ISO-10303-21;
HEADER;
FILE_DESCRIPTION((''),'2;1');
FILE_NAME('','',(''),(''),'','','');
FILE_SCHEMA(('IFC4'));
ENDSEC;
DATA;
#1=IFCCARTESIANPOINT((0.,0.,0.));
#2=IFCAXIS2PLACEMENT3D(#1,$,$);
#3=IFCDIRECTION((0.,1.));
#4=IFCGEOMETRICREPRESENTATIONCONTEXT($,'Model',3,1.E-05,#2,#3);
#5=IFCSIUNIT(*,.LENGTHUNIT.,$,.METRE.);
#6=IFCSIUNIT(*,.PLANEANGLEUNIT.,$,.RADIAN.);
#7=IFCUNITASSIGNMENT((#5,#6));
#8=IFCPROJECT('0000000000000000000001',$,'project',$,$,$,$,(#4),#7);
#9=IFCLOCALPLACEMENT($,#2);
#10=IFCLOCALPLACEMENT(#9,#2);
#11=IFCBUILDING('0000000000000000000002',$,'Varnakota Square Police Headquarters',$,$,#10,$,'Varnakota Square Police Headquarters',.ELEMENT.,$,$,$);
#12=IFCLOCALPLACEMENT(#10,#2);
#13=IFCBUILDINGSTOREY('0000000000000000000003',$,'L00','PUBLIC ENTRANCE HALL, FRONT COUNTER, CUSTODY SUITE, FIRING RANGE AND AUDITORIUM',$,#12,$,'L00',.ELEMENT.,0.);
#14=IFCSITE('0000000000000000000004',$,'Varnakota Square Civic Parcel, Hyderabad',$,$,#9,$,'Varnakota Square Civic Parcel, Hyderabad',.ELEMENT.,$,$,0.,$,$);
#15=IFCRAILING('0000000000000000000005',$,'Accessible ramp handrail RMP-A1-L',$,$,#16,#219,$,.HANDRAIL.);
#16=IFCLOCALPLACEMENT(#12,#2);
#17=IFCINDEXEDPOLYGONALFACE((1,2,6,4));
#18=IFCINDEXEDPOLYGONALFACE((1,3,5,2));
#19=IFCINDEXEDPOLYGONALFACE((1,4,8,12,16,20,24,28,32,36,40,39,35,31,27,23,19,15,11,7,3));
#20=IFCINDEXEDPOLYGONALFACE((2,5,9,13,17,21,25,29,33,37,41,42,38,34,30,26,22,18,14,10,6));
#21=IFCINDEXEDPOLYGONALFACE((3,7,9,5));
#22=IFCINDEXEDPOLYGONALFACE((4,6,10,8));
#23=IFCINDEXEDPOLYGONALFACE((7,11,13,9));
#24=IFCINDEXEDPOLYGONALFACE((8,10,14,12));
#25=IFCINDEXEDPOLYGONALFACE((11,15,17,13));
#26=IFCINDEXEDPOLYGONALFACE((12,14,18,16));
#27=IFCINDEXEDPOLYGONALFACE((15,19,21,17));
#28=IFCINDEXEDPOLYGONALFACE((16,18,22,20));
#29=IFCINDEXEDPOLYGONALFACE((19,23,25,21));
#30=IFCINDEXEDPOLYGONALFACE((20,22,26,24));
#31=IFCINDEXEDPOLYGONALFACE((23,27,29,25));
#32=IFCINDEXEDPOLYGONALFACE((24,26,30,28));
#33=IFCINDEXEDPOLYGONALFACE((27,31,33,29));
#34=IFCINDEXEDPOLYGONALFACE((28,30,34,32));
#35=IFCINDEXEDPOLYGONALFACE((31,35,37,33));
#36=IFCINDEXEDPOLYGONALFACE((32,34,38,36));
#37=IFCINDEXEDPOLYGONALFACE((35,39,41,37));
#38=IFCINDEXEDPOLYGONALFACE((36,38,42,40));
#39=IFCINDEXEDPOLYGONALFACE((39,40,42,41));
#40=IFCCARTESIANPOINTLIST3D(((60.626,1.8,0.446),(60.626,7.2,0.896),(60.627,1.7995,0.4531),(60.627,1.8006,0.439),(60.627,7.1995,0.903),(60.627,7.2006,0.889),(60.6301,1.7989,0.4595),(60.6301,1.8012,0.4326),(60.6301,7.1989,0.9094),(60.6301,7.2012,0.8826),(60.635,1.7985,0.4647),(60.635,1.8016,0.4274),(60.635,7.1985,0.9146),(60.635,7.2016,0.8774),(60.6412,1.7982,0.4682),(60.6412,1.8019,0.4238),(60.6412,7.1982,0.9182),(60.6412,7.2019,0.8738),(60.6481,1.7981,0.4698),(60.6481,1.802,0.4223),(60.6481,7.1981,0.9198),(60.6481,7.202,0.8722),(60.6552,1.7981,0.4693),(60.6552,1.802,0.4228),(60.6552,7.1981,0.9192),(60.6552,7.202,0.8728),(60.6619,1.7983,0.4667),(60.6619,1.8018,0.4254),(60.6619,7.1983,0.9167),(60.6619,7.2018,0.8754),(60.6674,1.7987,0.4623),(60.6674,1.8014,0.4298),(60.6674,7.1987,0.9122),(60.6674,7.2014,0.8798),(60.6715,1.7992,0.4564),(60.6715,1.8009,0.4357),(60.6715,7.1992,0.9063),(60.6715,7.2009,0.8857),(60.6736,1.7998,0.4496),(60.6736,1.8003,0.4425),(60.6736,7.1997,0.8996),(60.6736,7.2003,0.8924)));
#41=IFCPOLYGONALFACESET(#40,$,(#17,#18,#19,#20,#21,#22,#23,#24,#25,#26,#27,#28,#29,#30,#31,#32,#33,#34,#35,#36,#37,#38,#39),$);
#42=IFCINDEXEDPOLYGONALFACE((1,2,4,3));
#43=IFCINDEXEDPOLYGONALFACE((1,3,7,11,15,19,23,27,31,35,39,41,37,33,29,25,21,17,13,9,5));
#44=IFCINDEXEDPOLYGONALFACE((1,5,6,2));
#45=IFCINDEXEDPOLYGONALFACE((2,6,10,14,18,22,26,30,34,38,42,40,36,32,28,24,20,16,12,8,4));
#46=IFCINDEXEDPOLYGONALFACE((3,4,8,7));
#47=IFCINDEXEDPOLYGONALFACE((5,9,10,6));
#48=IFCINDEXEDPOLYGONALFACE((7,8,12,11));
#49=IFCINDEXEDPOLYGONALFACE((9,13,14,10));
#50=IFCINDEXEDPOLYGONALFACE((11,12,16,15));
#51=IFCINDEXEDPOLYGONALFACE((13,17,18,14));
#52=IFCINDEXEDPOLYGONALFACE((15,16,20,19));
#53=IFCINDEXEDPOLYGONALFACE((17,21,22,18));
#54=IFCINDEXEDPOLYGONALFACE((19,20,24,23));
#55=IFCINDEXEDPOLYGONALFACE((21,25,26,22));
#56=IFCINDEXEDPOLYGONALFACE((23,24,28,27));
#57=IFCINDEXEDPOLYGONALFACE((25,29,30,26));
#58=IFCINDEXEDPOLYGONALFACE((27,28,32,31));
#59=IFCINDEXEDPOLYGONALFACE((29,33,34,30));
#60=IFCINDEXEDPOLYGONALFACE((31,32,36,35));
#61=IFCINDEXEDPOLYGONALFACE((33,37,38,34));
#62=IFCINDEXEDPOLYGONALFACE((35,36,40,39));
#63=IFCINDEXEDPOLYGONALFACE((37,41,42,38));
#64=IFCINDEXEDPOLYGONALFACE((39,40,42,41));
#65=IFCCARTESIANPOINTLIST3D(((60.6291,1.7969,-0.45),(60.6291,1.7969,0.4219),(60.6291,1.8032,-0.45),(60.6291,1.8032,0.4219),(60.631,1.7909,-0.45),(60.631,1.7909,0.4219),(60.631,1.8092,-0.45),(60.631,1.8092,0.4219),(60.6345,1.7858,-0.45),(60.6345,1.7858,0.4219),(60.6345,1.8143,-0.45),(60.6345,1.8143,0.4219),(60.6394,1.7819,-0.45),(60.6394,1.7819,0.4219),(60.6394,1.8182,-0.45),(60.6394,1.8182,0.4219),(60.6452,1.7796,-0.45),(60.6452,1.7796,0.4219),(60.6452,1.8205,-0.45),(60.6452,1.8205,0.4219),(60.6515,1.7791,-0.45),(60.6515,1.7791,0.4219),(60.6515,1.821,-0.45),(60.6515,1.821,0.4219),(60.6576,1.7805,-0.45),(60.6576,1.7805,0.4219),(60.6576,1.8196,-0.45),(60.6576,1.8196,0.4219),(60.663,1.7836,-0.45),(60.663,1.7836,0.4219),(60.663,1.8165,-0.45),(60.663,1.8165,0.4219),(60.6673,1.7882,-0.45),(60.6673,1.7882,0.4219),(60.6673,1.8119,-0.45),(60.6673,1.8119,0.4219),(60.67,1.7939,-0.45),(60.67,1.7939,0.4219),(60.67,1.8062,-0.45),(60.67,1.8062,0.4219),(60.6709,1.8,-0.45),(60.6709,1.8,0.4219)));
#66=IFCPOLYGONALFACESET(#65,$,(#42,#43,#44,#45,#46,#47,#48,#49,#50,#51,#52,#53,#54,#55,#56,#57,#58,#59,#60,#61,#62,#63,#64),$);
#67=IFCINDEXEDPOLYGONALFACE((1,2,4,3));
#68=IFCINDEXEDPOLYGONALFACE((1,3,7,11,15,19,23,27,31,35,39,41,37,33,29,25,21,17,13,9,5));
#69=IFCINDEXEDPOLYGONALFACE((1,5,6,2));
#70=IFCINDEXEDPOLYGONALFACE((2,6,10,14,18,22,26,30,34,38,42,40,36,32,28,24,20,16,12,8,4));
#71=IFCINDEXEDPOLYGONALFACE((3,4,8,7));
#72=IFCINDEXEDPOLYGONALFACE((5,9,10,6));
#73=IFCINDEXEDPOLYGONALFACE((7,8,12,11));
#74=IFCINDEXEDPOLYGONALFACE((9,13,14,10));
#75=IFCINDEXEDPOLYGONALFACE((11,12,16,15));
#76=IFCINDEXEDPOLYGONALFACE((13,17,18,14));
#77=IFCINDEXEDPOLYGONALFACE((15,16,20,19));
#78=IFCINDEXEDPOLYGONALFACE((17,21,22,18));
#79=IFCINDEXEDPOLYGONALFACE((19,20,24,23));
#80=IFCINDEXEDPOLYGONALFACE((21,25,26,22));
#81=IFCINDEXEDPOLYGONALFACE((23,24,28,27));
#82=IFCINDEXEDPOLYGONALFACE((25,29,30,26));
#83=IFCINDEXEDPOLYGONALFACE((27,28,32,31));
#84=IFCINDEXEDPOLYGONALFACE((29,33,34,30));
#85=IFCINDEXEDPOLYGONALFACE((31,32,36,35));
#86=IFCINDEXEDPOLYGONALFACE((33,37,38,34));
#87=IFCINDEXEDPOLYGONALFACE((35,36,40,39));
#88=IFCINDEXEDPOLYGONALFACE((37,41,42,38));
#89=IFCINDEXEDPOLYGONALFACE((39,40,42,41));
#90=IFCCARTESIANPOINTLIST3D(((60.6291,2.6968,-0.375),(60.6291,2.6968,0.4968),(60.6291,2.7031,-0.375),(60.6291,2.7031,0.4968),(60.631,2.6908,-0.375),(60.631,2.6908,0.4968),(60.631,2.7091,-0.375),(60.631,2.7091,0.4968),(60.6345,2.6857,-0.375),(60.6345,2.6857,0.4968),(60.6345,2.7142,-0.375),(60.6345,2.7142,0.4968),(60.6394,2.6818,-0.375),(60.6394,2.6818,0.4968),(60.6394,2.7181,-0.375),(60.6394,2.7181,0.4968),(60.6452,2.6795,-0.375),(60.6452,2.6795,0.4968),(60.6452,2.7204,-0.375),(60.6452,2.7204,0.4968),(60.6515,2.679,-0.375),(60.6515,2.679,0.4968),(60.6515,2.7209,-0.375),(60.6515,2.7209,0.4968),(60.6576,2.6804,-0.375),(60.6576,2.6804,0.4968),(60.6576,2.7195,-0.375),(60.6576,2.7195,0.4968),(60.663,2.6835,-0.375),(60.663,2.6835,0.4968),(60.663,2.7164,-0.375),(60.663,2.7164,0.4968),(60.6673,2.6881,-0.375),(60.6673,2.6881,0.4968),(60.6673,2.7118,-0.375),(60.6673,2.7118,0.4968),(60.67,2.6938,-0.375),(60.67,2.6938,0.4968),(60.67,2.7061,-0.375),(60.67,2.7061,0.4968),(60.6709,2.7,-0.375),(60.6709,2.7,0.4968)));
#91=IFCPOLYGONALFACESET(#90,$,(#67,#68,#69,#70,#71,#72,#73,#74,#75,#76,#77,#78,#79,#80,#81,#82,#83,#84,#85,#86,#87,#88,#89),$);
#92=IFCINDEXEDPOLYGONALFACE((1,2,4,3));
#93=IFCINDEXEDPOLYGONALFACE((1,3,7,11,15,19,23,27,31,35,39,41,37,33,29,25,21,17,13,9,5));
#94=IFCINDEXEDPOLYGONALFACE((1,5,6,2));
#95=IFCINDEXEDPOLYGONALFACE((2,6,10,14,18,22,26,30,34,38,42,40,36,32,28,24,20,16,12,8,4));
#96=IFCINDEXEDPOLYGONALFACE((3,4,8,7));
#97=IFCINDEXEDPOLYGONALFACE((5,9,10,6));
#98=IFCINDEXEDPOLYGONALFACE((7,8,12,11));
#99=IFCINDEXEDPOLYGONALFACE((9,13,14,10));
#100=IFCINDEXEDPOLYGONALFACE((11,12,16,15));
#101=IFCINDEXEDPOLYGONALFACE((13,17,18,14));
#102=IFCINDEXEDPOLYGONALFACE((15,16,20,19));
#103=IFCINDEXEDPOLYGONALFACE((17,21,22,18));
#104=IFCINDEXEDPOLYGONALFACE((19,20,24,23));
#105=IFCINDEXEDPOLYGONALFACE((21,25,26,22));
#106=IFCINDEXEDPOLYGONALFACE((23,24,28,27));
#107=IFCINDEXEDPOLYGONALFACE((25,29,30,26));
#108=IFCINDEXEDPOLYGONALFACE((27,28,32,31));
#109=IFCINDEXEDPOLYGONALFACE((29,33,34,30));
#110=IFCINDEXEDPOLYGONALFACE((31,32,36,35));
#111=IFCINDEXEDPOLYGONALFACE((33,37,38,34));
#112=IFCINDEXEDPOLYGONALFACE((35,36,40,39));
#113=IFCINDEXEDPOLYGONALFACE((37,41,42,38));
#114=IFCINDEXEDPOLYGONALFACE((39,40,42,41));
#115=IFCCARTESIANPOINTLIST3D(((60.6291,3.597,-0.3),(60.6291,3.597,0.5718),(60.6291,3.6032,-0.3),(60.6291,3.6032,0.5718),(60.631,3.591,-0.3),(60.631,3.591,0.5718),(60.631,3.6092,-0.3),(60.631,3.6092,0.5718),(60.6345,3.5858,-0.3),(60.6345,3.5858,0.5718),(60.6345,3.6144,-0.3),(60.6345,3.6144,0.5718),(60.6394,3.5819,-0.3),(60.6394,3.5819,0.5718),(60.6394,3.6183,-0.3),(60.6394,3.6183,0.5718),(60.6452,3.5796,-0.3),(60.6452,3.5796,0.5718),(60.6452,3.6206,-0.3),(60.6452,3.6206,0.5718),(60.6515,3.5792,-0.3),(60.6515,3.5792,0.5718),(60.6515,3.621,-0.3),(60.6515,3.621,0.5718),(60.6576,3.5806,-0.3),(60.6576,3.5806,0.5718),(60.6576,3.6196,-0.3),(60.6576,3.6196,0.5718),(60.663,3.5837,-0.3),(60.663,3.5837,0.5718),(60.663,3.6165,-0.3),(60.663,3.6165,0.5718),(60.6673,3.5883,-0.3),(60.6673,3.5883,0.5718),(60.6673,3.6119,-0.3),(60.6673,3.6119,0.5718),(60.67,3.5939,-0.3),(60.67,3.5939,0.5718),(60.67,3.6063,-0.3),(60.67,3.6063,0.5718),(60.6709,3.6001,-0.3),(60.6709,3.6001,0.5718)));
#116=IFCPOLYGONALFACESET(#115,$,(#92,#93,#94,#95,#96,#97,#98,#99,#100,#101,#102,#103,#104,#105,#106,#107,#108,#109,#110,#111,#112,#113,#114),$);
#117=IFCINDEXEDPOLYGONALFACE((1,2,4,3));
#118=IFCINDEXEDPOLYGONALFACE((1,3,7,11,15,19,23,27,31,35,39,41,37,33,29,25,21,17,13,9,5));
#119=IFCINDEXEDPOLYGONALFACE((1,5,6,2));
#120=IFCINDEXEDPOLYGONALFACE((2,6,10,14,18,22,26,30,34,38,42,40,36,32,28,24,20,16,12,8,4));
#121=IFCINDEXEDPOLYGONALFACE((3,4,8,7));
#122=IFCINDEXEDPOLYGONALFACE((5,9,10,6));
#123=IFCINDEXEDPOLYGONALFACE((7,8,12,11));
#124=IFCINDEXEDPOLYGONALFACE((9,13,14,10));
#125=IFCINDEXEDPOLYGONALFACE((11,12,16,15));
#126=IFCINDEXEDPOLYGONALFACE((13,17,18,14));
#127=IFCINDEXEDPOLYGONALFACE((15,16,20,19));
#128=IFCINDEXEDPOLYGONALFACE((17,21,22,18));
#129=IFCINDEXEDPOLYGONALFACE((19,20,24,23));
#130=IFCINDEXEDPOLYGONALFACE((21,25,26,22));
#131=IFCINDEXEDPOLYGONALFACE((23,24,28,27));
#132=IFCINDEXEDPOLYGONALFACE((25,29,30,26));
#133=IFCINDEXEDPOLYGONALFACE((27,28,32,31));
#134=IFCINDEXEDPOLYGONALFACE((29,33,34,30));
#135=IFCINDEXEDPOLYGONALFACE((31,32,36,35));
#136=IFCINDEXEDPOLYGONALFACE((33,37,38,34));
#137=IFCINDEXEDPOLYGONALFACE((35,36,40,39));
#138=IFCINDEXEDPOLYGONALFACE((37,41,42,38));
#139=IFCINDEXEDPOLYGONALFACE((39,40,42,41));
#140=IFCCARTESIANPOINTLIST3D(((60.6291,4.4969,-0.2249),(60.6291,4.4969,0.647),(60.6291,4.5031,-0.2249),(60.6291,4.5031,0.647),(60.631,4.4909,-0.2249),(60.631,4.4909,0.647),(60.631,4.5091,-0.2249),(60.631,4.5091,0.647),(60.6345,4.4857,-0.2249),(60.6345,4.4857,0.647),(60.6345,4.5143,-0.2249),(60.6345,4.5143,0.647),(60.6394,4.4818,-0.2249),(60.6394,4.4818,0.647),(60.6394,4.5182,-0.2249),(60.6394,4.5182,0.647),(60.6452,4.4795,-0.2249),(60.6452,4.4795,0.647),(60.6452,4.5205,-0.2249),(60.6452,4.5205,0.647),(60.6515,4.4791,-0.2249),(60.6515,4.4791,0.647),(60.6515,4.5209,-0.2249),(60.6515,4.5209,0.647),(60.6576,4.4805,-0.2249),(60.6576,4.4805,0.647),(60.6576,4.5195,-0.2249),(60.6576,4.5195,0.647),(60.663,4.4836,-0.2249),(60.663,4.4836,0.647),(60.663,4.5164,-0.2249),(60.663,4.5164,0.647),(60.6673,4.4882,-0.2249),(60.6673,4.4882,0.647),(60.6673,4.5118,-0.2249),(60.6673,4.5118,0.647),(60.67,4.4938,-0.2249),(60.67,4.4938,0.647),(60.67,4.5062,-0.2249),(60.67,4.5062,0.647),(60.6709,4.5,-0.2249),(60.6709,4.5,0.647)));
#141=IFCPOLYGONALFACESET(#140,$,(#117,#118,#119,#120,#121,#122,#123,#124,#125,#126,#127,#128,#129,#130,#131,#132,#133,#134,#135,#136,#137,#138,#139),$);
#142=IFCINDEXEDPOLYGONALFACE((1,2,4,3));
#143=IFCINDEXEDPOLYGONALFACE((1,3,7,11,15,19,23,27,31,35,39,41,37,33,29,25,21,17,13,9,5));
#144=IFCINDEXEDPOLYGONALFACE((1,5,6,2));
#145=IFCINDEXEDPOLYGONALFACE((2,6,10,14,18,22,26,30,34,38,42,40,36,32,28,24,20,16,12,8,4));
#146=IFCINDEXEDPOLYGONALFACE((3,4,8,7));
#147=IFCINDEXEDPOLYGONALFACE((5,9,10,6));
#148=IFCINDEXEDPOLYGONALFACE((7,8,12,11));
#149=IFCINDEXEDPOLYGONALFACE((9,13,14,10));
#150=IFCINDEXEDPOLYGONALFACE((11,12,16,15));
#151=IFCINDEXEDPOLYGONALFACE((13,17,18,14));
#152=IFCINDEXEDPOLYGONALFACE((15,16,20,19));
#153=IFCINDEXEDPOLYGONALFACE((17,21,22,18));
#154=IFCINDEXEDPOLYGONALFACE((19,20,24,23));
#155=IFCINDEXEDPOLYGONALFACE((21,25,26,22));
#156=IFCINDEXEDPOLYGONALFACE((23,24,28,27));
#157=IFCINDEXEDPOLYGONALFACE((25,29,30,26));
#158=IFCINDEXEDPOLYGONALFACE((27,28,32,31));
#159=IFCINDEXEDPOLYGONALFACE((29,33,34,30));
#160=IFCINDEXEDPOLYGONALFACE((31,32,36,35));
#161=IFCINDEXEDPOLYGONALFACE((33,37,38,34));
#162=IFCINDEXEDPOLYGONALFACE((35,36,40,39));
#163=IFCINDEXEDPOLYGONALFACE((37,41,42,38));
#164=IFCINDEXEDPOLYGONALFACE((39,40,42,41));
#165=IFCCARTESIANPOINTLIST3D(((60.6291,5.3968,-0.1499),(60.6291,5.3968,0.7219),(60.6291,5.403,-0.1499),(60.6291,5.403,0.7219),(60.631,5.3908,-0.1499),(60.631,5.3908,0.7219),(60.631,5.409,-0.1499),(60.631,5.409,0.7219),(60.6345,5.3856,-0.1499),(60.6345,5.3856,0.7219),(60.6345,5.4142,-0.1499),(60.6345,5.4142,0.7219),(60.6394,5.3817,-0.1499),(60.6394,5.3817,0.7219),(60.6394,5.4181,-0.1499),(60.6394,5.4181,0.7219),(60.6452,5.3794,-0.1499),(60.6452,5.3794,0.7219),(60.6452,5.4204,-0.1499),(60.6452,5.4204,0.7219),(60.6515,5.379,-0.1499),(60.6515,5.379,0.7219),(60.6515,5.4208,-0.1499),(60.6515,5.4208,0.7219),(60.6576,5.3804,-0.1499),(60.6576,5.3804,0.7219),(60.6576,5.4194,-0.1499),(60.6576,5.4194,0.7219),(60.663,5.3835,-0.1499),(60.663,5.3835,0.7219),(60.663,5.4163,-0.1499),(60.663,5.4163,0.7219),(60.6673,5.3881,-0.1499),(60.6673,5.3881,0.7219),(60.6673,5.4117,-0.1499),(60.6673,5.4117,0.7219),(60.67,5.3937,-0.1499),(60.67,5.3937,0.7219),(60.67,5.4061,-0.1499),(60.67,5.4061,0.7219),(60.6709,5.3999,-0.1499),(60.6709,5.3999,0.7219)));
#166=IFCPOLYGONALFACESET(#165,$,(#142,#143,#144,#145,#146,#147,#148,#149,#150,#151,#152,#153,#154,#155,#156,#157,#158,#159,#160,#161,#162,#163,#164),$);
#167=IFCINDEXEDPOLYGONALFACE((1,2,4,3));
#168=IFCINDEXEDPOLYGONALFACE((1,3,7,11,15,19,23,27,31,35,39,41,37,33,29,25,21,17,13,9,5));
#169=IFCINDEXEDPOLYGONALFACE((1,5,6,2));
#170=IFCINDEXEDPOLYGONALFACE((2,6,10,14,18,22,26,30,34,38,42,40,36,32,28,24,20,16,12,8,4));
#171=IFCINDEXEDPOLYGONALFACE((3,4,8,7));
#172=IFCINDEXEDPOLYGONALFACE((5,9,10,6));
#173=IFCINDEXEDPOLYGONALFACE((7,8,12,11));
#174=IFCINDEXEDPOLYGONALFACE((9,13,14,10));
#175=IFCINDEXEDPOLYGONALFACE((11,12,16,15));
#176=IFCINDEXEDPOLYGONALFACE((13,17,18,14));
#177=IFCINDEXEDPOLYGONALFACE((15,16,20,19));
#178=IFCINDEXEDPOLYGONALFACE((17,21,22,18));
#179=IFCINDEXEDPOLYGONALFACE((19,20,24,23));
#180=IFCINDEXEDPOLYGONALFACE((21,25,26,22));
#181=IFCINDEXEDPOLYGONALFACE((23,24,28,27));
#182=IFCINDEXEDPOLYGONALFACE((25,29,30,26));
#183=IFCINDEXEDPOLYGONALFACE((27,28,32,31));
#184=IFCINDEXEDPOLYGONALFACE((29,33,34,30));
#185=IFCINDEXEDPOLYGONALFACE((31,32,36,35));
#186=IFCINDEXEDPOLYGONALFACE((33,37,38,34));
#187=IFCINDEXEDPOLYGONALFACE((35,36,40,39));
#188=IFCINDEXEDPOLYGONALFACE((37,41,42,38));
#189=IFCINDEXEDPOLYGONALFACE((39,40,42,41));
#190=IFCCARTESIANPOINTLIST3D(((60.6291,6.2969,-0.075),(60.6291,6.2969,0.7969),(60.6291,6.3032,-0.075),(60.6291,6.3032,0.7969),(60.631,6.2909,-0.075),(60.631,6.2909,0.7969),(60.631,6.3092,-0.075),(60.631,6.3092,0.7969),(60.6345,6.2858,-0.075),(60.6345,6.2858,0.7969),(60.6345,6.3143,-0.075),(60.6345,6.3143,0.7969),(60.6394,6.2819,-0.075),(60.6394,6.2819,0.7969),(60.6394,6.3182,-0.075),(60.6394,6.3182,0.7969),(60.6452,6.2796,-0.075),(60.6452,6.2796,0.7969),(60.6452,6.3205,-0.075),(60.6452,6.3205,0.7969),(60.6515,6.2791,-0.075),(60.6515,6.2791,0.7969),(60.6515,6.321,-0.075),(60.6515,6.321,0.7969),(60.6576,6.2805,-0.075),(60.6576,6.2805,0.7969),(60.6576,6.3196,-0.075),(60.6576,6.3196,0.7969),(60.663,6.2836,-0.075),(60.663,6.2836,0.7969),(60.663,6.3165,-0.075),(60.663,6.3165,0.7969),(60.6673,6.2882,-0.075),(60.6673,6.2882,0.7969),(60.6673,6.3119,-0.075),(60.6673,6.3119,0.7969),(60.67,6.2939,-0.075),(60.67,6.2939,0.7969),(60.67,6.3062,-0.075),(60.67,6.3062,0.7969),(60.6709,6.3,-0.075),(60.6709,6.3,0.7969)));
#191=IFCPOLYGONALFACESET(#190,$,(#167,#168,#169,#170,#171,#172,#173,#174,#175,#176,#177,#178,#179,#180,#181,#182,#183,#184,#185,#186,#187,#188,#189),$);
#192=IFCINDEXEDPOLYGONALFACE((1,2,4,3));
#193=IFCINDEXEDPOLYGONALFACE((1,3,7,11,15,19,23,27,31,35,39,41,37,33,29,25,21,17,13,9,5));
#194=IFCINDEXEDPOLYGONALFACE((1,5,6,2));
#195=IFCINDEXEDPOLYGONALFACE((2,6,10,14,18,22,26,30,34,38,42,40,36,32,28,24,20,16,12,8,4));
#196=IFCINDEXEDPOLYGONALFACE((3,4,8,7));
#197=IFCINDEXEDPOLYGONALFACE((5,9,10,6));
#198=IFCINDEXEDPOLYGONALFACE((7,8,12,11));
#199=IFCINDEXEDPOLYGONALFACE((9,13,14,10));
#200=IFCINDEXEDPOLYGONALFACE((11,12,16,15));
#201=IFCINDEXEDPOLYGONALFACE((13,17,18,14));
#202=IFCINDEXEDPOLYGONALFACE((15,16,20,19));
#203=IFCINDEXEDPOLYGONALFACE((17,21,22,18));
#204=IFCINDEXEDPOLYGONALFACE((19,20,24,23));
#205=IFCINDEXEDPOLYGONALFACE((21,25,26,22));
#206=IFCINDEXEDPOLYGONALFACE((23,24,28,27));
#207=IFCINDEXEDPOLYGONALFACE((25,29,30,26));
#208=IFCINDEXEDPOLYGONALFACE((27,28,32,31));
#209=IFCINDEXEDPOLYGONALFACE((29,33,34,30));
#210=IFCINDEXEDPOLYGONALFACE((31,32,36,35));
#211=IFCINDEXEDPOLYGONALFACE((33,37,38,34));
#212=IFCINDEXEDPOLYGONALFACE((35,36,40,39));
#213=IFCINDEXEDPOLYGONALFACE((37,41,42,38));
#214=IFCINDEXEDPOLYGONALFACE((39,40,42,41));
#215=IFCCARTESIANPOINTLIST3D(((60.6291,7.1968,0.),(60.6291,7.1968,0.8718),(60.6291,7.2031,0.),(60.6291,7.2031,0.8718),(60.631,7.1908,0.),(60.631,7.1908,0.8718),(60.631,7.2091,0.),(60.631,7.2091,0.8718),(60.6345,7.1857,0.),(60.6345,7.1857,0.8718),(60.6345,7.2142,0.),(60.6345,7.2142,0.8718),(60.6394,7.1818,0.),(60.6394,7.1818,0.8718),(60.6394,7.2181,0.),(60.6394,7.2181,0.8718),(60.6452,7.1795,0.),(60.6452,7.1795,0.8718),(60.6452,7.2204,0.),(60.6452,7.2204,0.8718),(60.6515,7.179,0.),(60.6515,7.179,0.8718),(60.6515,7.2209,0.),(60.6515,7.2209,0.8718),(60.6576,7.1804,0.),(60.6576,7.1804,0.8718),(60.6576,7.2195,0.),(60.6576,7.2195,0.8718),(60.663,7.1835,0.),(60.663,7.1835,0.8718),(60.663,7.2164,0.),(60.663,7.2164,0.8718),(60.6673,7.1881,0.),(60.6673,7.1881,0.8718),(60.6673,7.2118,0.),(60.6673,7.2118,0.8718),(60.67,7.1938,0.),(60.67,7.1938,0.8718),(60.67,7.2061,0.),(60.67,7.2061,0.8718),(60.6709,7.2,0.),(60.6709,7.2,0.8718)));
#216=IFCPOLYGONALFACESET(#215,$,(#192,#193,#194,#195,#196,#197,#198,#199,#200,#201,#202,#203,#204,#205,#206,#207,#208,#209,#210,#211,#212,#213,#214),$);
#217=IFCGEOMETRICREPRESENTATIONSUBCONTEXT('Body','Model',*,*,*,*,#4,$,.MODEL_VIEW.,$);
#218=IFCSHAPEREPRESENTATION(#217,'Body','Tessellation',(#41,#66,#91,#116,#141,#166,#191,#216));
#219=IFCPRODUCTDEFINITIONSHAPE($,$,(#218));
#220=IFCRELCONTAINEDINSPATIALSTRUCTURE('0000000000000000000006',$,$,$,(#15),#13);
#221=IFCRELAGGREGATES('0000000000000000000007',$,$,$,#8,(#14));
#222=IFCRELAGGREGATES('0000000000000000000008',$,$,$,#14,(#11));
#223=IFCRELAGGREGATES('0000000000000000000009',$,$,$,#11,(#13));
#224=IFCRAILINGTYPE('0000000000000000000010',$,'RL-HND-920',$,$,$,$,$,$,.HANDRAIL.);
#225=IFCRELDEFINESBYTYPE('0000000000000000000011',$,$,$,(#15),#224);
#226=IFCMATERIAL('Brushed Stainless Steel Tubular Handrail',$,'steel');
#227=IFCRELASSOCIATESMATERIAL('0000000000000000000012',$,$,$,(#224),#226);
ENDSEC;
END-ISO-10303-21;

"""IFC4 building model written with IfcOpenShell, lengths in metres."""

from ifc_helpers import new_model, si_unit, direction, frame, origin, origin_2d, place, context, subcontext, project, spatial, circle, extrude, material, type_object, element, save


model = new_model("IFC4")

# Units and contexts
model_context = context("Model", 3, precision=1e-05, world=origin(), true_north=direction((0.0, 1.0)))
body_context = subcontext(model_context, "Body", "Model", "MODEL_VIEW")
ifc_project = project(units=[si_unit("LENGTHUNIT", "METRE"), si_unit("PLANEANGLEUNIT", "RADIAN")], contexts=[model_context])

# Site, building, storey
site_placement = place(None, origin())
site = spatial("IfcSite", under=ifc_project, at=site_placement, Name="Varnakota Square Civic Parcel, Hyderabad", LongName="Varnakota Square Civic Parcel, Hyderabad", CompositionType="ELEMENT", RefElevation=0.0)
building_placement = place(site_placement, origin())
building = spatial("IfcBuilding", under=site, at=building_placement, Name="Varnakota Square Police Headquarters", LongName="Varnakota Square Police Headquarters", CompositionType="ELEMENT")
storey_placement = place(building_placement, origin())
storey = spatial("IfcBuildingStorey", under=building, at=storey_placement, Name="L00", Description="PUBLIC ENTRANCE HALL, FRONT COUNTER, CUSTODY SUITE, FIRING RANGE AND AUDITORIUM", LongName="L00", CompositionType="ELEMENT", Elevation=0.0)

# Railing
ifc_material_1 = material(Name="Brushed Stainless Steel Tubular Handrail", Category="steel")
railing_type = type_object("IfcRailingType", Name="RL-HND-920", PredefinedType="HANDRAIL", material=ifc_material_1)
for number, where, name in (
    (1, (60.6499, 1.8, -0.45), "Accessible ramp handrail RMP-A1-L"),
):
    element("IfcRailing", number, at=place(storey_placement, frame(where)), inside=storey, type_object=railing_type, Name=name, PredefinedType="HANDRAIL", context=body_context, shape_type="SweptSolid", body=[
        extrude(circle(Radius=0.0239, at=origin_2d()), frame((0.0, 0.0, 0.896), z_axis=(0.0, 0.996546, 0.083038), x_axis=(-1.0, 0.0, 0.0)), (0.0, 0.0, 1.0), 5.4187),
        extrude(circle(Radius=0.021, at=origin_2d()), origin(), (0.0, 0.0, 1.0), 0.8718),
        extrude(circle(Radius=0.021, at=origin_2d()), frame((0.0, 0.8999, 0.075)), (0.0, 0.0, 1.0), 0.8718),
        extrude(circle(Radius=0.021, at=origin_2d()), frame((0.0, 1.8, 0.1499)), (0.0, 0.0, 1.0), 0.8718),
        extrude(circle(Radius=0.021, at=origin_2d()), frame((0.0, 2.7, 0.2251)), (0.0, 0.0, 1.0), 0.8718),
        extrude(circle(Radius=0.021, at=origin_2d()), frame((0.0, 3.5999, 0.3)), (0.0, 0.0, 1.0), 0.8718),
        extrude(circle(Radius=0.021, at=origin_2d()), frame((0.0, 4.5, 0.375)), (0.0, 0.0, 1.0), 0.8718),
        extrude(circle(Radius=0.021, at=origin_2d()), frame((0.0, 5.3999, 0.45)), (0.0, 0.0, 1.0), 0.8718),
    ])

save(model, "model.ifc")
